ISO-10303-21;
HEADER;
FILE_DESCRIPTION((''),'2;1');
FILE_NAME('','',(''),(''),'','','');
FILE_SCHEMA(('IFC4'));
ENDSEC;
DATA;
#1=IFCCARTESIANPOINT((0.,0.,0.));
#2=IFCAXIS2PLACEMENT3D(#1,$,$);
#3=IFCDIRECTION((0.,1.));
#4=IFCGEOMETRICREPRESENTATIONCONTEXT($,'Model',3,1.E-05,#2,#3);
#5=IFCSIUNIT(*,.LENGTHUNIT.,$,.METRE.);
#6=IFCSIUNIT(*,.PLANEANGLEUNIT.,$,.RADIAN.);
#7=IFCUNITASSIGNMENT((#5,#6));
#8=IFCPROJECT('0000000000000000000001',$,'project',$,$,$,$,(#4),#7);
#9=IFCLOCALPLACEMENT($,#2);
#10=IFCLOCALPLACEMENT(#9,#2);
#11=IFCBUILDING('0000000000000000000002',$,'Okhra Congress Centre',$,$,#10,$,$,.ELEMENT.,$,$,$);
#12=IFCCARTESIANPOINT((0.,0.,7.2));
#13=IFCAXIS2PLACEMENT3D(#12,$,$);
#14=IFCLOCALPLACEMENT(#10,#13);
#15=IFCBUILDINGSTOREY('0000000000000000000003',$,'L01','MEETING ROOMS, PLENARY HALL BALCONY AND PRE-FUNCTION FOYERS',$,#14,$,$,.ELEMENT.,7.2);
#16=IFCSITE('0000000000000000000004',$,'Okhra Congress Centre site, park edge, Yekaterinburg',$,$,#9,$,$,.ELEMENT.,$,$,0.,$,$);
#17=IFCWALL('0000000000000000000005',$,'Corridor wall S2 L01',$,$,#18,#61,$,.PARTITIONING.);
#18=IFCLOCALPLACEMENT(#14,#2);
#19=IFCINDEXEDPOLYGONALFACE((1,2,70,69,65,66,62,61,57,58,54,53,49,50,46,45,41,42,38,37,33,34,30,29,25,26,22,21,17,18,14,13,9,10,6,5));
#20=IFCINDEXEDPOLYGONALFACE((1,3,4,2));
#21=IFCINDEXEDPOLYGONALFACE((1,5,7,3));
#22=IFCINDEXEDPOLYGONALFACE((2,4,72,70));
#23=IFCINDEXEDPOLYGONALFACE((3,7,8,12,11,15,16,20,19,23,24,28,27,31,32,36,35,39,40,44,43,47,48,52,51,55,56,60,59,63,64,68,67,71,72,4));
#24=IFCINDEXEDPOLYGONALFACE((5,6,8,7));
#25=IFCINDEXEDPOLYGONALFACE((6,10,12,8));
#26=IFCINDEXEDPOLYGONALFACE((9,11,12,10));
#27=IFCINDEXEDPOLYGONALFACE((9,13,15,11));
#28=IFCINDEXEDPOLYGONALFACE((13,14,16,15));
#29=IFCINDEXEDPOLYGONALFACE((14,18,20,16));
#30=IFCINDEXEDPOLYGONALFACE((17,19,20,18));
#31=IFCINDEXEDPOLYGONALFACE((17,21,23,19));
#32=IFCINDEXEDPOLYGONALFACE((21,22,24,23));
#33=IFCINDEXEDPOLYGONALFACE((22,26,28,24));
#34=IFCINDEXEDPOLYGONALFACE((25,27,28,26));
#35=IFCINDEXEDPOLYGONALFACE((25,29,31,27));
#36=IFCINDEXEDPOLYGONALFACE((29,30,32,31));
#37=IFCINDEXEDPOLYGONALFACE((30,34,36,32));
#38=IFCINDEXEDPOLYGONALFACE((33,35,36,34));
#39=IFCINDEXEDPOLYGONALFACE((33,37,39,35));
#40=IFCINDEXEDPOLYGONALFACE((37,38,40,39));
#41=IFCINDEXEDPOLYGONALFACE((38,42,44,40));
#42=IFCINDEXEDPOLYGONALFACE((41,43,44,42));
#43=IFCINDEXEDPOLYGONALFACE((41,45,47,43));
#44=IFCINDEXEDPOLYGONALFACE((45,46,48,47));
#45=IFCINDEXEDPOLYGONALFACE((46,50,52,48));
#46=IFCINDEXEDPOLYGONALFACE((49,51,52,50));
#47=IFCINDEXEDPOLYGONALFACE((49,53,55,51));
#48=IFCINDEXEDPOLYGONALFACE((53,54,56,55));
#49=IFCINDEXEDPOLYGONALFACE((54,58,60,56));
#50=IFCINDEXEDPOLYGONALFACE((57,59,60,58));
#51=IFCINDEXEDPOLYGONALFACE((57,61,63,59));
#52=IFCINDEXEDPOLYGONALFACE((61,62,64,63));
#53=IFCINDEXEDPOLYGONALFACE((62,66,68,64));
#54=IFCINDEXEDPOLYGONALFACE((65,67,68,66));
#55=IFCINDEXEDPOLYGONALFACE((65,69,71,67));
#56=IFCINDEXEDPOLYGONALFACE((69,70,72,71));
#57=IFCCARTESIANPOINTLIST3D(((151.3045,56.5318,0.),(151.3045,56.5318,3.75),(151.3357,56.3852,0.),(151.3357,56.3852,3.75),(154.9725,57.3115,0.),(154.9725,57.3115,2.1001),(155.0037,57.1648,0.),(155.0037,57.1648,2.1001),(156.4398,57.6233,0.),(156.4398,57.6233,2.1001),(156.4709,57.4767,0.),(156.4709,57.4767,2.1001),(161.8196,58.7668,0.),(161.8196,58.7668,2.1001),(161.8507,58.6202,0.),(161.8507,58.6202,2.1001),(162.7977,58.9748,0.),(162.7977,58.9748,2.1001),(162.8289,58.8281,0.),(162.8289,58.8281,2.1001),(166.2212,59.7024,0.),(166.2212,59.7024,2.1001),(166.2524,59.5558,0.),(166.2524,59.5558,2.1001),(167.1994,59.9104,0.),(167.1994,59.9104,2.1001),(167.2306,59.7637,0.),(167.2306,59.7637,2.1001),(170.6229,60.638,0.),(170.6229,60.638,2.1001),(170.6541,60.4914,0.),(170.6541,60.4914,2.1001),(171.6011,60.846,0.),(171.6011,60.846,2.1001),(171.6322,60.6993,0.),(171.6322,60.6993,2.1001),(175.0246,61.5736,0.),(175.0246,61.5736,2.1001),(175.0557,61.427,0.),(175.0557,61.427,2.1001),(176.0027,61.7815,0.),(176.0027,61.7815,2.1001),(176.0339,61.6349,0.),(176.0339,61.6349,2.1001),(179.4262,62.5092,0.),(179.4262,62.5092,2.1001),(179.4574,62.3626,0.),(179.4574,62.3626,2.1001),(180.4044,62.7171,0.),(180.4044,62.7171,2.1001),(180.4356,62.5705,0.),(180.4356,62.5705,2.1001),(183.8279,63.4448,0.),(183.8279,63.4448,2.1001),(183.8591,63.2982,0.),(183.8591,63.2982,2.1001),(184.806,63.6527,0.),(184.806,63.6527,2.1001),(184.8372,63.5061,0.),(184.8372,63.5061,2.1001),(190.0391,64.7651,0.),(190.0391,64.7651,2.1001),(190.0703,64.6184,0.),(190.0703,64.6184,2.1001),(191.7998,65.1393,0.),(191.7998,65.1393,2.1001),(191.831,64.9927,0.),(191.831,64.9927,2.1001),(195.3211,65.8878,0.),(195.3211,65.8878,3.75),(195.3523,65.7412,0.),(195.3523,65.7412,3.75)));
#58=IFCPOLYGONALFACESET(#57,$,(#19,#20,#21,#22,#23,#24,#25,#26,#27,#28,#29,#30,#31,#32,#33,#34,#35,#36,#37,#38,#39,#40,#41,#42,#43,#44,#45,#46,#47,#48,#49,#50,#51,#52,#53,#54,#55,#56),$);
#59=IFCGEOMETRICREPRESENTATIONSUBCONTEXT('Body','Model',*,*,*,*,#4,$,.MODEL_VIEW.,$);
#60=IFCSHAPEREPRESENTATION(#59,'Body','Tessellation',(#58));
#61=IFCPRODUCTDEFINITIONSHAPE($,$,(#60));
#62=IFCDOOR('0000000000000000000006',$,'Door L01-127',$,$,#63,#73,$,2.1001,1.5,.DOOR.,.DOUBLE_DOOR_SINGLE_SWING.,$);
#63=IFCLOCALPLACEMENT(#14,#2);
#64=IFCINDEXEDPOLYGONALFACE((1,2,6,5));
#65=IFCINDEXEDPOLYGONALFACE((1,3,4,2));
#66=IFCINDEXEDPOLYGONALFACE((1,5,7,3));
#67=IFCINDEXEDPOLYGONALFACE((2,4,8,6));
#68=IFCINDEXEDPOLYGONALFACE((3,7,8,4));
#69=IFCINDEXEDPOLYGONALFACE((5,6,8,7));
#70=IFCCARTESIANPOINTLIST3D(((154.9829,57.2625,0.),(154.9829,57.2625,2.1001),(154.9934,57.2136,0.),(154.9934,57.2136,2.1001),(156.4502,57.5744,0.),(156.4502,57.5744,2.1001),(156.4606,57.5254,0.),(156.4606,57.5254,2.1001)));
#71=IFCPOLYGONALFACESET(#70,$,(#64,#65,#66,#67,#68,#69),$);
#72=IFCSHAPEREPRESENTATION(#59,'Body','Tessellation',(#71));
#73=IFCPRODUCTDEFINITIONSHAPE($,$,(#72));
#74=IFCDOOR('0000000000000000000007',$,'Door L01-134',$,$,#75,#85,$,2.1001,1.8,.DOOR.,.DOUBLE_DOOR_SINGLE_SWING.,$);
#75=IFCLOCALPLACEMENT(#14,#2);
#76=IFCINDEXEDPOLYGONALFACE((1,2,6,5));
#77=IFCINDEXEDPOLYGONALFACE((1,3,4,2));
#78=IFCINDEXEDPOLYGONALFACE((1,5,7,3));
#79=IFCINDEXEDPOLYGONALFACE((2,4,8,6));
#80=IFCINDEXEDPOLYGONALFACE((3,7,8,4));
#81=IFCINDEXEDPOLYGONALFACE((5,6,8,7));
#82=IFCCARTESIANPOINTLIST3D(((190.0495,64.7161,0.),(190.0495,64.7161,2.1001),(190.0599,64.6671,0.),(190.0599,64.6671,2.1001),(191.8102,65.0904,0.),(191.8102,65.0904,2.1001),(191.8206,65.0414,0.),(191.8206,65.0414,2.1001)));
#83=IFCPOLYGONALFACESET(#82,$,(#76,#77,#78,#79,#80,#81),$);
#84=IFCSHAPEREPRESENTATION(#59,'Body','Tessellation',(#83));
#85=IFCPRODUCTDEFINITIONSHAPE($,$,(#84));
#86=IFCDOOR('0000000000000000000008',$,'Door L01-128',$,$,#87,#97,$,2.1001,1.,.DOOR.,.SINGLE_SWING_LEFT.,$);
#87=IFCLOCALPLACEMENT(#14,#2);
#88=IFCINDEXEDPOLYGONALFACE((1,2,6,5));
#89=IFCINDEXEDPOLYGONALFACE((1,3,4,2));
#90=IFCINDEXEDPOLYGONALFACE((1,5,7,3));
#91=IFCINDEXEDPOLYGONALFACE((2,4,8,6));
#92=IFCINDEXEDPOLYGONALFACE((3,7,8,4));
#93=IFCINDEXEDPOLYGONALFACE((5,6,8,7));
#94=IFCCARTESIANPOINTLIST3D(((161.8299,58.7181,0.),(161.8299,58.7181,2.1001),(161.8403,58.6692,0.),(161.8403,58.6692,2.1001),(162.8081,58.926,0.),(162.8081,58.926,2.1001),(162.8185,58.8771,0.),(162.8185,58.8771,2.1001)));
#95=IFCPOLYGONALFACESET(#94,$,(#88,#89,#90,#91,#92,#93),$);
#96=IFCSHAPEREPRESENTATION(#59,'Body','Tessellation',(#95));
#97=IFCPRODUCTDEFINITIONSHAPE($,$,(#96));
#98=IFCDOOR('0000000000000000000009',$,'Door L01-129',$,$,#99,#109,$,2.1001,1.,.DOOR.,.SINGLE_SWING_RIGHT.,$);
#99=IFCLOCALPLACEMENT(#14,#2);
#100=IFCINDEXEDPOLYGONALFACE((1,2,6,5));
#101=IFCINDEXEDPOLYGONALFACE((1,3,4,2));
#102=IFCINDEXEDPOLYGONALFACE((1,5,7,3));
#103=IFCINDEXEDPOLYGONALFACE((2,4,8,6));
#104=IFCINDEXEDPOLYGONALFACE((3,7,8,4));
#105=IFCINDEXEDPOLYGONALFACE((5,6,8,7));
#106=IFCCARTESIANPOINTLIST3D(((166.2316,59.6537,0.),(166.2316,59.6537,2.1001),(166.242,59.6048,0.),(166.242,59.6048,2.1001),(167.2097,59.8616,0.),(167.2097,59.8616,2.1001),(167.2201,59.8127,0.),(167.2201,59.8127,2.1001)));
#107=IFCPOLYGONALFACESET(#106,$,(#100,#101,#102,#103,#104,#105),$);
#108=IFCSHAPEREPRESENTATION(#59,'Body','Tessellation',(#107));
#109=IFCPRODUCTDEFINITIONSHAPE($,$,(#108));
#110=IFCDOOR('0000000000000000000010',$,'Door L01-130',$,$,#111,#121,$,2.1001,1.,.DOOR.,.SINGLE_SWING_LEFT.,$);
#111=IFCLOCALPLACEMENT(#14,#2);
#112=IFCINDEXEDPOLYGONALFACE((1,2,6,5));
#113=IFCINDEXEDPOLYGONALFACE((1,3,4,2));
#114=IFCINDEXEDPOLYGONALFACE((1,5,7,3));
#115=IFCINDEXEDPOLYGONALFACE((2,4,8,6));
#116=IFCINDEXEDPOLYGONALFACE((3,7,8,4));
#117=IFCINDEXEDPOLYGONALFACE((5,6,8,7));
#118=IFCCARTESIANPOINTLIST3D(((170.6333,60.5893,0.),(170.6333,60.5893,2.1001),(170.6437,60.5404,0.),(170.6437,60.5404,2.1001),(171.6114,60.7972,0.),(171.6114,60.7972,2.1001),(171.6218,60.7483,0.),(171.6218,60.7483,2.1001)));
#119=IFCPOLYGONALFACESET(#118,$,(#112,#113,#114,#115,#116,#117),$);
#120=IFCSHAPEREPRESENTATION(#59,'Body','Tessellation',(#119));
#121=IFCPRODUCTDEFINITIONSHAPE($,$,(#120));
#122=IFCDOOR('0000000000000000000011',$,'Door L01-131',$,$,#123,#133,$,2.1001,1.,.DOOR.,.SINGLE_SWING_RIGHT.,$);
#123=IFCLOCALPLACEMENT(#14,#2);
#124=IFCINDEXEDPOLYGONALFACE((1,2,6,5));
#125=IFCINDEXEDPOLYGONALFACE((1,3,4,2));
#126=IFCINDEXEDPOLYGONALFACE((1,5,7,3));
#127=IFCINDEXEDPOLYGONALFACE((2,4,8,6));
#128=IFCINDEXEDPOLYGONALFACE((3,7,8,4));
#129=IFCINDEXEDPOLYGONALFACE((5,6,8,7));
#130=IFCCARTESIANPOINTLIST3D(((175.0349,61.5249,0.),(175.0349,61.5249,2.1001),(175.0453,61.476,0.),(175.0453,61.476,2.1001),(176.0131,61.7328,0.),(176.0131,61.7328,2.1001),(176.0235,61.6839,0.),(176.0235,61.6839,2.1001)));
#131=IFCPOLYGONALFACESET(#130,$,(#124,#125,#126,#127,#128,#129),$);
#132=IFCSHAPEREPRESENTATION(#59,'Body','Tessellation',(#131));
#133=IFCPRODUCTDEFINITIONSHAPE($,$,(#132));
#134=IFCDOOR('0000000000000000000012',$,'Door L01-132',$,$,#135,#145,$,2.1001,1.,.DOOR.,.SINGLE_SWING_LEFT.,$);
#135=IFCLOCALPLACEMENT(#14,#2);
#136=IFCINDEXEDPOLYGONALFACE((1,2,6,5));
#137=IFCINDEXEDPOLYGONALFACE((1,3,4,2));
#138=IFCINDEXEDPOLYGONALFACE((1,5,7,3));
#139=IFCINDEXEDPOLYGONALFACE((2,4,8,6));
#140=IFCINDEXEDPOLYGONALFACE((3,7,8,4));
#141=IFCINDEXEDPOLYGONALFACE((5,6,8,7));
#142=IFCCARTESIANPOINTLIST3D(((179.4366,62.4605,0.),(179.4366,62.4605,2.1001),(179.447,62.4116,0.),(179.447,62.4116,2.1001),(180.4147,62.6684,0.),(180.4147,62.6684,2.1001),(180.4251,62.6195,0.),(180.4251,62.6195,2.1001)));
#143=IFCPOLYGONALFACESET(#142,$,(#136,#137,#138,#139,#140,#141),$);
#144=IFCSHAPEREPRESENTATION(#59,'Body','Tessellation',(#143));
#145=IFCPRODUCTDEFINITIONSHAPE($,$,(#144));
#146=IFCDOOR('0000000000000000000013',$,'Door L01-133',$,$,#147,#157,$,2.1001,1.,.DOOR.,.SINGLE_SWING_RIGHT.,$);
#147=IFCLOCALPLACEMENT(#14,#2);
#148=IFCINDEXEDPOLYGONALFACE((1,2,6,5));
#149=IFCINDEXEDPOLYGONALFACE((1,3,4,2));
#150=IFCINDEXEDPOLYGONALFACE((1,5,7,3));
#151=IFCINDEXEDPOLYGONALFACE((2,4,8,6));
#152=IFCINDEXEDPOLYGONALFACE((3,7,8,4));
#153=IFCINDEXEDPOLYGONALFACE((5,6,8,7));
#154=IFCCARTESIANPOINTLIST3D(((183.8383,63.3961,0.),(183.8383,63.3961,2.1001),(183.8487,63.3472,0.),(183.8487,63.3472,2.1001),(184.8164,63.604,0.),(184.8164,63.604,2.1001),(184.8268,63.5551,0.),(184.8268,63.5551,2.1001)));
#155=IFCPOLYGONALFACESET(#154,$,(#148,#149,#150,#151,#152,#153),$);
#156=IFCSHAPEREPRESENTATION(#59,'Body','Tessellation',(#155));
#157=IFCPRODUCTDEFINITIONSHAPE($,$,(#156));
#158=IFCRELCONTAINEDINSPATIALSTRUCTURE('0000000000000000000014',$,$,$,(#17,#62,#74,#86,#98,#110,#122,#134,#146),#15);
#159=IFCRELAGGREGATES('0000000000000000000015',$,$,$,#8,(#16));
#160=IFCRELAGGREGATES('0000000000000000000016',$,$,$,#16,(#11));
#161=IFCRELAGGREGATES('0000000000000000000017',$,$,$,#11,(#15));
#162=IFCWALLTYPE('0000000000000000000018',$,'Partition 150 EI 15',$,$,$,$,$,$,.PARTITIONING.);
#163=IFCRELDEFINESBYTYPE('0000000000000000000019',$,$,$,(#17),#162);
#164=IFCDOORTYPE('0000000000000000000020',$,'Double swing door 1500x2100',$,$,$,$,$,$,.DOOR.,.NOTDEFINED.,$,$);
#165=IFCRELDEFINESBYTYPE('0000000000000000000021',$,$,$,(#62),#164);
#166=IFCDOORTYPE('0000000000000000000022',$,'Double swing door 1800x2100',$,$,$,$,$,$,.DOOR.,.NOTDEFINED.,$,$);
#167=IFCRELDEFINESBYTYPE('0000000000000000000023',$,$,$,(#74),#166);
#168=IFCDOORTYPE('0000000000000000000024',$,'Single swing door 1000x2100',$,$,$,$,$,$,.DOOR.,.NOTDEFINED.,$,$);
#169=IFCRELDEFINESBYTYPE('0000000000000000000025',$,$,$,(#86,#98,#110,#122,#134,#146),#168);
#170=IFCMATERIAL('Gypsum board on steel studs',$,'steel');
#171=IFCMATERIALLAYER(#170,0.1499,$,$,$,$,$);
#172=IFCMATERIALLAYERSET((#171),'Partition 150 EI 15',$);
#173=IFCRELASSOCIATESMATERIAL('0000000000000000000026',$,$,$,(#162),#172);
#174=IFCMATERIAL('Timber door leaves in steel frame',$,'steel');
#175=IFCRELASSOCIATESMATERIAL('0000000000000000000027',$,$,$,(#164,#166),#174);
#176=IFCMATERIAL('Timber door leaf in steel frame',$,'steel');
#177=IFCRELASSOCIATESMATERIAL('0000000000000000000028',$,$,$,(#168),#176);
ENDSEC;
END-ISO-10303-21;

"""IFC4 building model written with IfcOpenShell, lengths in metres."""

from ifc_helpers import new_model, si_unit, direction, frame, frame_2d, origin, place, context, subcontext, project, spatial, rectangle, extrude, material, layer, layer_set, type_object, element, fill, save


model = new_model("IFC4")

# Units and contexts
model_context = context("Model", 3, precision=1e-05, world=origin(), true_north=direction((0.0, 1.0)))
body_context = subcontext(model_context, "Body", "Model", "MODEL_VIEW")
ifc_project = project(units=[si_unit("LENGTHUNIT", "METRE"), si_unit("PLANEANGLEUNIT", "RADIAN")], contexts=[model_context])

# Site, building, storey
site_placement = place(None, origin())
site = spatial("IfcSite", under=ifc_project, at=site_placement, Name="Okhra Congress Centre site, park edge, Yekaterinburg", CompositionType="ELEMENT", RefElevation=0.0)
building_placement = place(site_placement, origin())
building = spatial("IfcBuilding", under=site, at=building_placement, Name="Okhra Congress Centre", CompositionType="ELEMENT")
storey_placement = place(building_placement, frame((0.0, 0.0, 7.2)))
storey = spatial("IfcBuildingStorey", under=building, at=storey_placement, Name="L01", Description="MEETING ROOMS, PLENARY HALL BALCONY AND PRE-FUNCTION FOYERS", CompositionType="ELEMENT", Elevation=7.2)

# Shared definitions
ifc_material_1 = material(Name="Gypsum board on steel studs", Category="steel")

# Wall, openings, doors
ifc_layer_1 = layer(ifc_material_1, 0.1499)
ifc_layer_set_1 = layer_set([ifc_layer_1], Name="Partition 150 EI 15")
wall_type_1 = type_object("IfcWallType", Name="Partition 150 EI 15", PredefinedType="PARTITIONING", material=ifc_layer_set_1)
wall_1_placement = place(storey_placement, frame((151.3201, 56.4585, 0.0), z_axis=(0.0, 0.0, 1.0), x_axis=(0.978148, 0.20791, 0.0)))
wall_1 = element("IfcWall", 1, at=wall_1_placement, inside=storey, type_object=wall_type_1, Name="Corridor wall S2 L01", PredefinedType="PARTITIONING", context=body_context, shape_type="SweptSolid", body=[
    extrude(rectangle(XDim=45.0, YDim=0.1499, at=frame_2d((22.5, 0.0))), origin(), (0.0, 0.0, 1.0), 3.75),
])
opening_1_placement = place(wall_1_placement, frame((3.75, 0.0, 0.0)))
opening_1 = element("IfcOpeningElement", 2, at=opening_1_placement, cuts=wall_1, PredefinedType="OPENING", context=body_context, shape_type="SweptSolid", body=[
    extrude(rectangle(XDim=1.5, YDim=2.1001, at=frame_2d((0.75, 1.05))), frame((0.0, 0.085, 0.0), z_axis=(0.0, -1.0, 0.0), x_axis=(1.0, 0.0, 0.0)), (0.0, 0.0, 1.0), 0.1699),
])
opening_2_placement = place(wall_1_placement, frame((10.75, 0.0, 0.0)))
opening_2 = element("IfcOpeningElement", 3, at=opening_2_placement, cuts=wall_1, PredefinedType="OPENING", context=body_context, shape_type="SweptSolid", body=[
    extrude(rectangle(XDim=1.0, YDim=2.1001, at=frame_2d((0.5, 1.05))), frame((0.0, 0.085, 0.0), z_axis=(0.0, -1.0, 0.0), x_axis=(1.0, 0.0, 0.0)), (0.0, 0.0, 1.0), 0.1699),
])
opening_3_placement = place(wall_1_placement, frame((15.25, 0.0, 0.0)))
opening_3 = element("IfcOpeningElement", 4, at=opening_3_placement, cuts=wall_1, PredefinedType="OPENING", context=body_context, shape_type="SweptSolid", body=[
    extrude(rectangle(XDim=1.0, YDim=2.1001, at=frame_2d((0.5, 1.05))), frame((0.0, 0.085, 0.0), z_axis=(0.0, -1.0, 0.0), x_axis=(1.0, 0.0, 0.0)), (0.0, 0.0, 1.0), 0.1699),
])
opening_4_placement = place(wall_1_placement, frame((19.75, 0.0, 0.0)))
opening_4 = element("IfcOpeningElement", 5, at=opening_4_placement, cuts=wall_1, PredefinedType="OPENING", context=body_context, shape_type="SweptSolid", body=[
    extrude(rectangle(XDim=1.0, YDim=2.1001, at=frame_2d((0.5, 1.05))), frame((0.0, 0.085, 0.0), z_axis=(0.0, -1.0, 0.0), x_axis=(1.0, 0.0, 0.0)), (0.0, 0.0, 1.0), 0.1699),
])
opening_5_placement = place(wall_1_placement, frame((24.25, 0.0, 0.0)))
opening_5 = element("IfcOpeningElement", 6, at=opening_5_placement, cuts=wall_1, PredefinedType="OPENING", context=body_context, shape_type="SweptSolid", body=[
    extrude(rectangle(XDim=1.0, YDim=2.1001, at=frame_2d((0.5, 1.05))), frame((0.0, 0.085, 0.0), z_axis=(0.0, -1.0, 0.0), x_axis=(1.0, 0.0, 0.0)), (0.0, 0.0, 1.0), 0.1699),
])
opening_6_placement = place(wall_1_placement, frame((28.75, 0.0, 0.0)))
opening_6 = element("IfcOpeningElement", 7, at=opening_6_placement, cuts=wall_1, PredefinedType="OPENING", context=body_context, shape_type="SweptSolid", body=[
    extrude(rectangle(XDim=1.0, YDim=2.1001, at=frame_2d((0.5, 1.05))), frame((0.0, 0.085, 0.0), z_axis=(0.0, -1.0, 0.0), x_axis=(1.0, 0.0, 0.0)), (0.0, 0.0, 1.0), 0.1699),
])
opening_7_placement = place(wall_1_placement, frame((33.25, 0.0, 0.0)))
opening_7 = element("IfcOpeningElement", 8, at=opening_7_placement, cuts=wall_1, PredefinedType="OPENING", context=body_context, shape_type="SweptSolid", body=[
    extrude(rectangle(XDim=1.0, YDim=2.1001, at=frame_2d((0.5, 1.05))), frame((0.0, 0.085, 0.0), z_axis=(0.0, -1.0, 0.0), x_axis=(1.0, 0.0, 0.0)), (0.0, 0.0, 1.0), 0.1699),
])
opening_8_placement = place(wall_1_placement, frame((39.6001, 0.0, 0.0)))
opening_8 = element("IfcOpeningElement", 9, at=opening_8_placement, cuts=wall_1, PredefinedType="OPENING", context=body_context, shape_type="SweptSolid", body=[
    extrude(rectangle(XDim=1.8, YDim=2.1001, at=frame_2d((0.8999, 1.05))), frame((0.0, 0.085, 0.0), z_axis=(0.0, -1.0, 0.0), x_axis=(1.0, 0.0, 0.0)), (0.0, 0.0, 1.0), 0.1699),
])
ifc_material_2 = material(Name="Timber door leaves in steel frame", Category="steel")
door_type_1 = type_object("IfcDoorType", Name="Double swing door 1500x2100", OperationType="NOTDEFINED", PredefinedType="DOOR", material=ifc_material_2)
door_1_placement = place(opening_1_placement, origin())
door_1 = element("IfcDoor", 10, at=door_1_placement, inside=storey, type_object=door_type_1, Name="Door L01-127", OperationType="DOUBLE_DOOR_SINGLE_SWING", OverallHeight=2.1001, OverallWidth=1.5, PredefinedType="DOOR", context=body_context, shape_type="SweptSolid", body=[
    extrude(rectangle(XDim=1.5, YDim=2.1001, at=frame_2d((0.75, 1.05))), frame((0.0, 0.0249, 0.0), z_axis=(0.0, -1.0, 0.0), x_axis=(1.0, 0.0, 0.0)), (0.0, 0.0, 1.0), 0.05),
])
fill(opening_1, door_1)
door_type_2 = type_object("IfcDoorType", Name="Double swing door 1800x2100", OperationType="NOTDEFINED", PredefinedType="DOOR", material=ifc_material_2)
door_2_placement = place(opening_8_placement, origin())
door_2 = element("IfcDoor", 11, at=door_2_placement, inside=storey, type_object=door_type_2, Name="Door L01-134", OperationType="DOUBLE_DOOR_SINGLE_SWING", OverallHeight=2.1001, OverallWidth=1.8, PredefinedType="DOOR", context=body_context, shape_type="SweptSolid", body=[
    extrude(rectangle(XDim=1.8, YDim=2.1001, at=frame_2d((0.8999, 1.05))), frame((0.0, 0.0249, 0.0), z_axis=(0.0, -1.0, 0.0), x_axis=(1.0, 0.0, 0.0)), (0.0, 0.0, 1.0), 0.05),
])
fill(opening_8, door_2)
ifc_material_3 = material(Name="Timber door leaf in steel frame", Category="steel")
door_type_3 = type_object("IfcDoorType", Name="Single swing door 1000x2100", OperationType="NOTDEFINED", PredefinedType="DOOR", material=ifc_material_3)
door_3_placement = place(opening_2_placement, frame((1.0, 0.0, 0.0), z_axis=(0.0, 0.0, 1.0), x_axis=(-1.0, 0.0, 0.0)))
door_3 = element("IfcDoor", 12, at=door_3_placement, inside=storey, type_object=door_type_3, Name="Door L01-128", OperationType="SINGLE_SWING_LEFT", OverallHeight=2.1001, OverallWidth=1.0, PredefinedType="DOOR", context=body_context, shape_type="SweptSolid", body=[
    extrude(rectangle(XDim=1.0, YDim=2.1001, at=frame_2d((0.5, 1.05))), frame((0.0, 0.0249, 0.0), z_axis=(0.0, -1.0, 0.0), x_axis=(1.0, 0.0, 0.0)), (0.0, 0.0, 1.0), 0.05),
])
fill(opening_2, door_3)
door_4_placement = place(opening_3_placement, frame((1.0, 0.0, 0.0), z_axis=(0.0, 0.0, 1.0), x_axis=(-1.0, 0.0, 0.0)))
door_4 = element("IfcDoor", 13, at=door_4_placement, inside=storey, type_object=door_type_3, Name="Door L01-129", OperationType="SINGLE_SWING_RIGHT", OverallHeight=2.1001, OverallWidth=1.0, PredefinedType="DOOR", context=body_context, shape_type="SweptSolid", body=[
    extrude(rectangle(XDim=1.0, YDim=2.1001, at=frame_2d((0.5, 1.05))), frame((0.0, 0.0249, 0.0), z_axis=(0.0, -1.0, 0.0), x_axis=(1.0, 0.0, 0.0)), (0.0, 0.0, 1.0), 0.05),
])
fill(opening_3, door_4)
door_5_placement = place(opening_4_placement, frame((1.0, 0.0, 0.0), z_axis=(0.0, 0.0, 1.0), x_axis=(-1.0, 0.0, 0.0)))
door_5 = element("IfcDoor", 14, at=door_5_placement, inside=storey, type_object=door_type_3, Name="Door L01-130", OperationType="SINGLE_SWING_LEFT", OverallHeight=2.1001, OverallWidth=1.0, PredefinedType="DOOR", context=body_context, shape_type="SweptSolid", body=[
    extrude(rectangle(XDim=1.0, YDim=2.1001, at=frame_2d((0.5, 1.05))), frame((0.0, 0.0249, 0.0), z_axis=(0.0, -1.0, 0.0), x_axis=(1.0, 0.0, 0.0)), (0.0, 0.0, 1.0), 0.05),
])
fill(opening_4, door_5)
door_6_placement = place(opening_5_placement, frame((1.0, 0.0, 0.0), z_axis=(0.0, 0.0, 1.0), x_axis=(-1.0, 0.0, 0.0)))
door_6 = element("IfcDoor", 15, at=door_6_placement, inside=storey, type_object=door_type_3, Name="Door L01-131", OperationType="SINGLE_SWING_RIGHT", OverallHeight=2.1001, OverallWidth=1.0, PredefinedType="DOOR", context=body_context, shape_type="SweptSolid", body=[
    extrude(rectangle(XDim=1.0, YDim=2.1001, at=frame_2d((0.5, 1.05))), frame((0.0, 0.0249, 0.0), z_axis=(0.0, -1.0, 0.0), x_axis=(1.0, 0.0, 0.0)), (0.0, 0.0, 1.0), 0.05),
])
fill(opening_5, door_6)
door_7_placement = place(opening_6_placement, frame((1.0, 0.0, 0.0), z_axis=(0.0, 0.0, 1.0), x_axis=(-1.0, 0.0, 0.0)))
door_7 = element("IfcDoor", 16, at=door_7_placement, inside=storey, type_object=door_type_3, Name="Door L01-132", OperationType="SINGLE_SWING_LEFT", OverallHeight=2.1001, OverallWidth=1.0, PredefinedType="DOOR", context=body_context, shape_type="SweptSolid", body=[
    extrude(rectangle(XDim=1.0, YDim=2.1001, at=frame_2d((0.5, 1.05))), frame((0.0, 0.0249, 0.0), z_axis=(0.0, -1.0, 0.0), x_axis=(1.0, 0.0, 0.0)), (0.0, 0.0, 1.0), 0.05),
])
fill(opening_6, door_7)
door_8_placement = place(opening_7_placement, frame((1.0, 0.0, 0.0), z_axis=(0.0, 0.0, 1.0), x_axis=(-1.0, 0.0, 0.0)))
door_8 = element("IfcDoor", 17, at=door_8_placement, inside=storey, type_object=door_type_3, Name="Door L01-133", OperationType="SINGLE_SWING_RIGHT", OverallHeight=2.1001, OverallWidth=1.0, PredefinedType="DOOR", context=body_context, shape_type="SweptSolid", body=[
    extrude(rectangle(XDim=1.0, YDim=2.1001, at=frame_2d((0.5, 1.05))), frame((0.0, 0.0249, 0.0), z_axis=(0.0, -1.0, 0.0), x_axis=(1.0, 0.0, 0.0)), (0.0, 0.0, 1.0), 0.05),
])
fill(opening_7, door_8)

save(model, "model.ifc")
